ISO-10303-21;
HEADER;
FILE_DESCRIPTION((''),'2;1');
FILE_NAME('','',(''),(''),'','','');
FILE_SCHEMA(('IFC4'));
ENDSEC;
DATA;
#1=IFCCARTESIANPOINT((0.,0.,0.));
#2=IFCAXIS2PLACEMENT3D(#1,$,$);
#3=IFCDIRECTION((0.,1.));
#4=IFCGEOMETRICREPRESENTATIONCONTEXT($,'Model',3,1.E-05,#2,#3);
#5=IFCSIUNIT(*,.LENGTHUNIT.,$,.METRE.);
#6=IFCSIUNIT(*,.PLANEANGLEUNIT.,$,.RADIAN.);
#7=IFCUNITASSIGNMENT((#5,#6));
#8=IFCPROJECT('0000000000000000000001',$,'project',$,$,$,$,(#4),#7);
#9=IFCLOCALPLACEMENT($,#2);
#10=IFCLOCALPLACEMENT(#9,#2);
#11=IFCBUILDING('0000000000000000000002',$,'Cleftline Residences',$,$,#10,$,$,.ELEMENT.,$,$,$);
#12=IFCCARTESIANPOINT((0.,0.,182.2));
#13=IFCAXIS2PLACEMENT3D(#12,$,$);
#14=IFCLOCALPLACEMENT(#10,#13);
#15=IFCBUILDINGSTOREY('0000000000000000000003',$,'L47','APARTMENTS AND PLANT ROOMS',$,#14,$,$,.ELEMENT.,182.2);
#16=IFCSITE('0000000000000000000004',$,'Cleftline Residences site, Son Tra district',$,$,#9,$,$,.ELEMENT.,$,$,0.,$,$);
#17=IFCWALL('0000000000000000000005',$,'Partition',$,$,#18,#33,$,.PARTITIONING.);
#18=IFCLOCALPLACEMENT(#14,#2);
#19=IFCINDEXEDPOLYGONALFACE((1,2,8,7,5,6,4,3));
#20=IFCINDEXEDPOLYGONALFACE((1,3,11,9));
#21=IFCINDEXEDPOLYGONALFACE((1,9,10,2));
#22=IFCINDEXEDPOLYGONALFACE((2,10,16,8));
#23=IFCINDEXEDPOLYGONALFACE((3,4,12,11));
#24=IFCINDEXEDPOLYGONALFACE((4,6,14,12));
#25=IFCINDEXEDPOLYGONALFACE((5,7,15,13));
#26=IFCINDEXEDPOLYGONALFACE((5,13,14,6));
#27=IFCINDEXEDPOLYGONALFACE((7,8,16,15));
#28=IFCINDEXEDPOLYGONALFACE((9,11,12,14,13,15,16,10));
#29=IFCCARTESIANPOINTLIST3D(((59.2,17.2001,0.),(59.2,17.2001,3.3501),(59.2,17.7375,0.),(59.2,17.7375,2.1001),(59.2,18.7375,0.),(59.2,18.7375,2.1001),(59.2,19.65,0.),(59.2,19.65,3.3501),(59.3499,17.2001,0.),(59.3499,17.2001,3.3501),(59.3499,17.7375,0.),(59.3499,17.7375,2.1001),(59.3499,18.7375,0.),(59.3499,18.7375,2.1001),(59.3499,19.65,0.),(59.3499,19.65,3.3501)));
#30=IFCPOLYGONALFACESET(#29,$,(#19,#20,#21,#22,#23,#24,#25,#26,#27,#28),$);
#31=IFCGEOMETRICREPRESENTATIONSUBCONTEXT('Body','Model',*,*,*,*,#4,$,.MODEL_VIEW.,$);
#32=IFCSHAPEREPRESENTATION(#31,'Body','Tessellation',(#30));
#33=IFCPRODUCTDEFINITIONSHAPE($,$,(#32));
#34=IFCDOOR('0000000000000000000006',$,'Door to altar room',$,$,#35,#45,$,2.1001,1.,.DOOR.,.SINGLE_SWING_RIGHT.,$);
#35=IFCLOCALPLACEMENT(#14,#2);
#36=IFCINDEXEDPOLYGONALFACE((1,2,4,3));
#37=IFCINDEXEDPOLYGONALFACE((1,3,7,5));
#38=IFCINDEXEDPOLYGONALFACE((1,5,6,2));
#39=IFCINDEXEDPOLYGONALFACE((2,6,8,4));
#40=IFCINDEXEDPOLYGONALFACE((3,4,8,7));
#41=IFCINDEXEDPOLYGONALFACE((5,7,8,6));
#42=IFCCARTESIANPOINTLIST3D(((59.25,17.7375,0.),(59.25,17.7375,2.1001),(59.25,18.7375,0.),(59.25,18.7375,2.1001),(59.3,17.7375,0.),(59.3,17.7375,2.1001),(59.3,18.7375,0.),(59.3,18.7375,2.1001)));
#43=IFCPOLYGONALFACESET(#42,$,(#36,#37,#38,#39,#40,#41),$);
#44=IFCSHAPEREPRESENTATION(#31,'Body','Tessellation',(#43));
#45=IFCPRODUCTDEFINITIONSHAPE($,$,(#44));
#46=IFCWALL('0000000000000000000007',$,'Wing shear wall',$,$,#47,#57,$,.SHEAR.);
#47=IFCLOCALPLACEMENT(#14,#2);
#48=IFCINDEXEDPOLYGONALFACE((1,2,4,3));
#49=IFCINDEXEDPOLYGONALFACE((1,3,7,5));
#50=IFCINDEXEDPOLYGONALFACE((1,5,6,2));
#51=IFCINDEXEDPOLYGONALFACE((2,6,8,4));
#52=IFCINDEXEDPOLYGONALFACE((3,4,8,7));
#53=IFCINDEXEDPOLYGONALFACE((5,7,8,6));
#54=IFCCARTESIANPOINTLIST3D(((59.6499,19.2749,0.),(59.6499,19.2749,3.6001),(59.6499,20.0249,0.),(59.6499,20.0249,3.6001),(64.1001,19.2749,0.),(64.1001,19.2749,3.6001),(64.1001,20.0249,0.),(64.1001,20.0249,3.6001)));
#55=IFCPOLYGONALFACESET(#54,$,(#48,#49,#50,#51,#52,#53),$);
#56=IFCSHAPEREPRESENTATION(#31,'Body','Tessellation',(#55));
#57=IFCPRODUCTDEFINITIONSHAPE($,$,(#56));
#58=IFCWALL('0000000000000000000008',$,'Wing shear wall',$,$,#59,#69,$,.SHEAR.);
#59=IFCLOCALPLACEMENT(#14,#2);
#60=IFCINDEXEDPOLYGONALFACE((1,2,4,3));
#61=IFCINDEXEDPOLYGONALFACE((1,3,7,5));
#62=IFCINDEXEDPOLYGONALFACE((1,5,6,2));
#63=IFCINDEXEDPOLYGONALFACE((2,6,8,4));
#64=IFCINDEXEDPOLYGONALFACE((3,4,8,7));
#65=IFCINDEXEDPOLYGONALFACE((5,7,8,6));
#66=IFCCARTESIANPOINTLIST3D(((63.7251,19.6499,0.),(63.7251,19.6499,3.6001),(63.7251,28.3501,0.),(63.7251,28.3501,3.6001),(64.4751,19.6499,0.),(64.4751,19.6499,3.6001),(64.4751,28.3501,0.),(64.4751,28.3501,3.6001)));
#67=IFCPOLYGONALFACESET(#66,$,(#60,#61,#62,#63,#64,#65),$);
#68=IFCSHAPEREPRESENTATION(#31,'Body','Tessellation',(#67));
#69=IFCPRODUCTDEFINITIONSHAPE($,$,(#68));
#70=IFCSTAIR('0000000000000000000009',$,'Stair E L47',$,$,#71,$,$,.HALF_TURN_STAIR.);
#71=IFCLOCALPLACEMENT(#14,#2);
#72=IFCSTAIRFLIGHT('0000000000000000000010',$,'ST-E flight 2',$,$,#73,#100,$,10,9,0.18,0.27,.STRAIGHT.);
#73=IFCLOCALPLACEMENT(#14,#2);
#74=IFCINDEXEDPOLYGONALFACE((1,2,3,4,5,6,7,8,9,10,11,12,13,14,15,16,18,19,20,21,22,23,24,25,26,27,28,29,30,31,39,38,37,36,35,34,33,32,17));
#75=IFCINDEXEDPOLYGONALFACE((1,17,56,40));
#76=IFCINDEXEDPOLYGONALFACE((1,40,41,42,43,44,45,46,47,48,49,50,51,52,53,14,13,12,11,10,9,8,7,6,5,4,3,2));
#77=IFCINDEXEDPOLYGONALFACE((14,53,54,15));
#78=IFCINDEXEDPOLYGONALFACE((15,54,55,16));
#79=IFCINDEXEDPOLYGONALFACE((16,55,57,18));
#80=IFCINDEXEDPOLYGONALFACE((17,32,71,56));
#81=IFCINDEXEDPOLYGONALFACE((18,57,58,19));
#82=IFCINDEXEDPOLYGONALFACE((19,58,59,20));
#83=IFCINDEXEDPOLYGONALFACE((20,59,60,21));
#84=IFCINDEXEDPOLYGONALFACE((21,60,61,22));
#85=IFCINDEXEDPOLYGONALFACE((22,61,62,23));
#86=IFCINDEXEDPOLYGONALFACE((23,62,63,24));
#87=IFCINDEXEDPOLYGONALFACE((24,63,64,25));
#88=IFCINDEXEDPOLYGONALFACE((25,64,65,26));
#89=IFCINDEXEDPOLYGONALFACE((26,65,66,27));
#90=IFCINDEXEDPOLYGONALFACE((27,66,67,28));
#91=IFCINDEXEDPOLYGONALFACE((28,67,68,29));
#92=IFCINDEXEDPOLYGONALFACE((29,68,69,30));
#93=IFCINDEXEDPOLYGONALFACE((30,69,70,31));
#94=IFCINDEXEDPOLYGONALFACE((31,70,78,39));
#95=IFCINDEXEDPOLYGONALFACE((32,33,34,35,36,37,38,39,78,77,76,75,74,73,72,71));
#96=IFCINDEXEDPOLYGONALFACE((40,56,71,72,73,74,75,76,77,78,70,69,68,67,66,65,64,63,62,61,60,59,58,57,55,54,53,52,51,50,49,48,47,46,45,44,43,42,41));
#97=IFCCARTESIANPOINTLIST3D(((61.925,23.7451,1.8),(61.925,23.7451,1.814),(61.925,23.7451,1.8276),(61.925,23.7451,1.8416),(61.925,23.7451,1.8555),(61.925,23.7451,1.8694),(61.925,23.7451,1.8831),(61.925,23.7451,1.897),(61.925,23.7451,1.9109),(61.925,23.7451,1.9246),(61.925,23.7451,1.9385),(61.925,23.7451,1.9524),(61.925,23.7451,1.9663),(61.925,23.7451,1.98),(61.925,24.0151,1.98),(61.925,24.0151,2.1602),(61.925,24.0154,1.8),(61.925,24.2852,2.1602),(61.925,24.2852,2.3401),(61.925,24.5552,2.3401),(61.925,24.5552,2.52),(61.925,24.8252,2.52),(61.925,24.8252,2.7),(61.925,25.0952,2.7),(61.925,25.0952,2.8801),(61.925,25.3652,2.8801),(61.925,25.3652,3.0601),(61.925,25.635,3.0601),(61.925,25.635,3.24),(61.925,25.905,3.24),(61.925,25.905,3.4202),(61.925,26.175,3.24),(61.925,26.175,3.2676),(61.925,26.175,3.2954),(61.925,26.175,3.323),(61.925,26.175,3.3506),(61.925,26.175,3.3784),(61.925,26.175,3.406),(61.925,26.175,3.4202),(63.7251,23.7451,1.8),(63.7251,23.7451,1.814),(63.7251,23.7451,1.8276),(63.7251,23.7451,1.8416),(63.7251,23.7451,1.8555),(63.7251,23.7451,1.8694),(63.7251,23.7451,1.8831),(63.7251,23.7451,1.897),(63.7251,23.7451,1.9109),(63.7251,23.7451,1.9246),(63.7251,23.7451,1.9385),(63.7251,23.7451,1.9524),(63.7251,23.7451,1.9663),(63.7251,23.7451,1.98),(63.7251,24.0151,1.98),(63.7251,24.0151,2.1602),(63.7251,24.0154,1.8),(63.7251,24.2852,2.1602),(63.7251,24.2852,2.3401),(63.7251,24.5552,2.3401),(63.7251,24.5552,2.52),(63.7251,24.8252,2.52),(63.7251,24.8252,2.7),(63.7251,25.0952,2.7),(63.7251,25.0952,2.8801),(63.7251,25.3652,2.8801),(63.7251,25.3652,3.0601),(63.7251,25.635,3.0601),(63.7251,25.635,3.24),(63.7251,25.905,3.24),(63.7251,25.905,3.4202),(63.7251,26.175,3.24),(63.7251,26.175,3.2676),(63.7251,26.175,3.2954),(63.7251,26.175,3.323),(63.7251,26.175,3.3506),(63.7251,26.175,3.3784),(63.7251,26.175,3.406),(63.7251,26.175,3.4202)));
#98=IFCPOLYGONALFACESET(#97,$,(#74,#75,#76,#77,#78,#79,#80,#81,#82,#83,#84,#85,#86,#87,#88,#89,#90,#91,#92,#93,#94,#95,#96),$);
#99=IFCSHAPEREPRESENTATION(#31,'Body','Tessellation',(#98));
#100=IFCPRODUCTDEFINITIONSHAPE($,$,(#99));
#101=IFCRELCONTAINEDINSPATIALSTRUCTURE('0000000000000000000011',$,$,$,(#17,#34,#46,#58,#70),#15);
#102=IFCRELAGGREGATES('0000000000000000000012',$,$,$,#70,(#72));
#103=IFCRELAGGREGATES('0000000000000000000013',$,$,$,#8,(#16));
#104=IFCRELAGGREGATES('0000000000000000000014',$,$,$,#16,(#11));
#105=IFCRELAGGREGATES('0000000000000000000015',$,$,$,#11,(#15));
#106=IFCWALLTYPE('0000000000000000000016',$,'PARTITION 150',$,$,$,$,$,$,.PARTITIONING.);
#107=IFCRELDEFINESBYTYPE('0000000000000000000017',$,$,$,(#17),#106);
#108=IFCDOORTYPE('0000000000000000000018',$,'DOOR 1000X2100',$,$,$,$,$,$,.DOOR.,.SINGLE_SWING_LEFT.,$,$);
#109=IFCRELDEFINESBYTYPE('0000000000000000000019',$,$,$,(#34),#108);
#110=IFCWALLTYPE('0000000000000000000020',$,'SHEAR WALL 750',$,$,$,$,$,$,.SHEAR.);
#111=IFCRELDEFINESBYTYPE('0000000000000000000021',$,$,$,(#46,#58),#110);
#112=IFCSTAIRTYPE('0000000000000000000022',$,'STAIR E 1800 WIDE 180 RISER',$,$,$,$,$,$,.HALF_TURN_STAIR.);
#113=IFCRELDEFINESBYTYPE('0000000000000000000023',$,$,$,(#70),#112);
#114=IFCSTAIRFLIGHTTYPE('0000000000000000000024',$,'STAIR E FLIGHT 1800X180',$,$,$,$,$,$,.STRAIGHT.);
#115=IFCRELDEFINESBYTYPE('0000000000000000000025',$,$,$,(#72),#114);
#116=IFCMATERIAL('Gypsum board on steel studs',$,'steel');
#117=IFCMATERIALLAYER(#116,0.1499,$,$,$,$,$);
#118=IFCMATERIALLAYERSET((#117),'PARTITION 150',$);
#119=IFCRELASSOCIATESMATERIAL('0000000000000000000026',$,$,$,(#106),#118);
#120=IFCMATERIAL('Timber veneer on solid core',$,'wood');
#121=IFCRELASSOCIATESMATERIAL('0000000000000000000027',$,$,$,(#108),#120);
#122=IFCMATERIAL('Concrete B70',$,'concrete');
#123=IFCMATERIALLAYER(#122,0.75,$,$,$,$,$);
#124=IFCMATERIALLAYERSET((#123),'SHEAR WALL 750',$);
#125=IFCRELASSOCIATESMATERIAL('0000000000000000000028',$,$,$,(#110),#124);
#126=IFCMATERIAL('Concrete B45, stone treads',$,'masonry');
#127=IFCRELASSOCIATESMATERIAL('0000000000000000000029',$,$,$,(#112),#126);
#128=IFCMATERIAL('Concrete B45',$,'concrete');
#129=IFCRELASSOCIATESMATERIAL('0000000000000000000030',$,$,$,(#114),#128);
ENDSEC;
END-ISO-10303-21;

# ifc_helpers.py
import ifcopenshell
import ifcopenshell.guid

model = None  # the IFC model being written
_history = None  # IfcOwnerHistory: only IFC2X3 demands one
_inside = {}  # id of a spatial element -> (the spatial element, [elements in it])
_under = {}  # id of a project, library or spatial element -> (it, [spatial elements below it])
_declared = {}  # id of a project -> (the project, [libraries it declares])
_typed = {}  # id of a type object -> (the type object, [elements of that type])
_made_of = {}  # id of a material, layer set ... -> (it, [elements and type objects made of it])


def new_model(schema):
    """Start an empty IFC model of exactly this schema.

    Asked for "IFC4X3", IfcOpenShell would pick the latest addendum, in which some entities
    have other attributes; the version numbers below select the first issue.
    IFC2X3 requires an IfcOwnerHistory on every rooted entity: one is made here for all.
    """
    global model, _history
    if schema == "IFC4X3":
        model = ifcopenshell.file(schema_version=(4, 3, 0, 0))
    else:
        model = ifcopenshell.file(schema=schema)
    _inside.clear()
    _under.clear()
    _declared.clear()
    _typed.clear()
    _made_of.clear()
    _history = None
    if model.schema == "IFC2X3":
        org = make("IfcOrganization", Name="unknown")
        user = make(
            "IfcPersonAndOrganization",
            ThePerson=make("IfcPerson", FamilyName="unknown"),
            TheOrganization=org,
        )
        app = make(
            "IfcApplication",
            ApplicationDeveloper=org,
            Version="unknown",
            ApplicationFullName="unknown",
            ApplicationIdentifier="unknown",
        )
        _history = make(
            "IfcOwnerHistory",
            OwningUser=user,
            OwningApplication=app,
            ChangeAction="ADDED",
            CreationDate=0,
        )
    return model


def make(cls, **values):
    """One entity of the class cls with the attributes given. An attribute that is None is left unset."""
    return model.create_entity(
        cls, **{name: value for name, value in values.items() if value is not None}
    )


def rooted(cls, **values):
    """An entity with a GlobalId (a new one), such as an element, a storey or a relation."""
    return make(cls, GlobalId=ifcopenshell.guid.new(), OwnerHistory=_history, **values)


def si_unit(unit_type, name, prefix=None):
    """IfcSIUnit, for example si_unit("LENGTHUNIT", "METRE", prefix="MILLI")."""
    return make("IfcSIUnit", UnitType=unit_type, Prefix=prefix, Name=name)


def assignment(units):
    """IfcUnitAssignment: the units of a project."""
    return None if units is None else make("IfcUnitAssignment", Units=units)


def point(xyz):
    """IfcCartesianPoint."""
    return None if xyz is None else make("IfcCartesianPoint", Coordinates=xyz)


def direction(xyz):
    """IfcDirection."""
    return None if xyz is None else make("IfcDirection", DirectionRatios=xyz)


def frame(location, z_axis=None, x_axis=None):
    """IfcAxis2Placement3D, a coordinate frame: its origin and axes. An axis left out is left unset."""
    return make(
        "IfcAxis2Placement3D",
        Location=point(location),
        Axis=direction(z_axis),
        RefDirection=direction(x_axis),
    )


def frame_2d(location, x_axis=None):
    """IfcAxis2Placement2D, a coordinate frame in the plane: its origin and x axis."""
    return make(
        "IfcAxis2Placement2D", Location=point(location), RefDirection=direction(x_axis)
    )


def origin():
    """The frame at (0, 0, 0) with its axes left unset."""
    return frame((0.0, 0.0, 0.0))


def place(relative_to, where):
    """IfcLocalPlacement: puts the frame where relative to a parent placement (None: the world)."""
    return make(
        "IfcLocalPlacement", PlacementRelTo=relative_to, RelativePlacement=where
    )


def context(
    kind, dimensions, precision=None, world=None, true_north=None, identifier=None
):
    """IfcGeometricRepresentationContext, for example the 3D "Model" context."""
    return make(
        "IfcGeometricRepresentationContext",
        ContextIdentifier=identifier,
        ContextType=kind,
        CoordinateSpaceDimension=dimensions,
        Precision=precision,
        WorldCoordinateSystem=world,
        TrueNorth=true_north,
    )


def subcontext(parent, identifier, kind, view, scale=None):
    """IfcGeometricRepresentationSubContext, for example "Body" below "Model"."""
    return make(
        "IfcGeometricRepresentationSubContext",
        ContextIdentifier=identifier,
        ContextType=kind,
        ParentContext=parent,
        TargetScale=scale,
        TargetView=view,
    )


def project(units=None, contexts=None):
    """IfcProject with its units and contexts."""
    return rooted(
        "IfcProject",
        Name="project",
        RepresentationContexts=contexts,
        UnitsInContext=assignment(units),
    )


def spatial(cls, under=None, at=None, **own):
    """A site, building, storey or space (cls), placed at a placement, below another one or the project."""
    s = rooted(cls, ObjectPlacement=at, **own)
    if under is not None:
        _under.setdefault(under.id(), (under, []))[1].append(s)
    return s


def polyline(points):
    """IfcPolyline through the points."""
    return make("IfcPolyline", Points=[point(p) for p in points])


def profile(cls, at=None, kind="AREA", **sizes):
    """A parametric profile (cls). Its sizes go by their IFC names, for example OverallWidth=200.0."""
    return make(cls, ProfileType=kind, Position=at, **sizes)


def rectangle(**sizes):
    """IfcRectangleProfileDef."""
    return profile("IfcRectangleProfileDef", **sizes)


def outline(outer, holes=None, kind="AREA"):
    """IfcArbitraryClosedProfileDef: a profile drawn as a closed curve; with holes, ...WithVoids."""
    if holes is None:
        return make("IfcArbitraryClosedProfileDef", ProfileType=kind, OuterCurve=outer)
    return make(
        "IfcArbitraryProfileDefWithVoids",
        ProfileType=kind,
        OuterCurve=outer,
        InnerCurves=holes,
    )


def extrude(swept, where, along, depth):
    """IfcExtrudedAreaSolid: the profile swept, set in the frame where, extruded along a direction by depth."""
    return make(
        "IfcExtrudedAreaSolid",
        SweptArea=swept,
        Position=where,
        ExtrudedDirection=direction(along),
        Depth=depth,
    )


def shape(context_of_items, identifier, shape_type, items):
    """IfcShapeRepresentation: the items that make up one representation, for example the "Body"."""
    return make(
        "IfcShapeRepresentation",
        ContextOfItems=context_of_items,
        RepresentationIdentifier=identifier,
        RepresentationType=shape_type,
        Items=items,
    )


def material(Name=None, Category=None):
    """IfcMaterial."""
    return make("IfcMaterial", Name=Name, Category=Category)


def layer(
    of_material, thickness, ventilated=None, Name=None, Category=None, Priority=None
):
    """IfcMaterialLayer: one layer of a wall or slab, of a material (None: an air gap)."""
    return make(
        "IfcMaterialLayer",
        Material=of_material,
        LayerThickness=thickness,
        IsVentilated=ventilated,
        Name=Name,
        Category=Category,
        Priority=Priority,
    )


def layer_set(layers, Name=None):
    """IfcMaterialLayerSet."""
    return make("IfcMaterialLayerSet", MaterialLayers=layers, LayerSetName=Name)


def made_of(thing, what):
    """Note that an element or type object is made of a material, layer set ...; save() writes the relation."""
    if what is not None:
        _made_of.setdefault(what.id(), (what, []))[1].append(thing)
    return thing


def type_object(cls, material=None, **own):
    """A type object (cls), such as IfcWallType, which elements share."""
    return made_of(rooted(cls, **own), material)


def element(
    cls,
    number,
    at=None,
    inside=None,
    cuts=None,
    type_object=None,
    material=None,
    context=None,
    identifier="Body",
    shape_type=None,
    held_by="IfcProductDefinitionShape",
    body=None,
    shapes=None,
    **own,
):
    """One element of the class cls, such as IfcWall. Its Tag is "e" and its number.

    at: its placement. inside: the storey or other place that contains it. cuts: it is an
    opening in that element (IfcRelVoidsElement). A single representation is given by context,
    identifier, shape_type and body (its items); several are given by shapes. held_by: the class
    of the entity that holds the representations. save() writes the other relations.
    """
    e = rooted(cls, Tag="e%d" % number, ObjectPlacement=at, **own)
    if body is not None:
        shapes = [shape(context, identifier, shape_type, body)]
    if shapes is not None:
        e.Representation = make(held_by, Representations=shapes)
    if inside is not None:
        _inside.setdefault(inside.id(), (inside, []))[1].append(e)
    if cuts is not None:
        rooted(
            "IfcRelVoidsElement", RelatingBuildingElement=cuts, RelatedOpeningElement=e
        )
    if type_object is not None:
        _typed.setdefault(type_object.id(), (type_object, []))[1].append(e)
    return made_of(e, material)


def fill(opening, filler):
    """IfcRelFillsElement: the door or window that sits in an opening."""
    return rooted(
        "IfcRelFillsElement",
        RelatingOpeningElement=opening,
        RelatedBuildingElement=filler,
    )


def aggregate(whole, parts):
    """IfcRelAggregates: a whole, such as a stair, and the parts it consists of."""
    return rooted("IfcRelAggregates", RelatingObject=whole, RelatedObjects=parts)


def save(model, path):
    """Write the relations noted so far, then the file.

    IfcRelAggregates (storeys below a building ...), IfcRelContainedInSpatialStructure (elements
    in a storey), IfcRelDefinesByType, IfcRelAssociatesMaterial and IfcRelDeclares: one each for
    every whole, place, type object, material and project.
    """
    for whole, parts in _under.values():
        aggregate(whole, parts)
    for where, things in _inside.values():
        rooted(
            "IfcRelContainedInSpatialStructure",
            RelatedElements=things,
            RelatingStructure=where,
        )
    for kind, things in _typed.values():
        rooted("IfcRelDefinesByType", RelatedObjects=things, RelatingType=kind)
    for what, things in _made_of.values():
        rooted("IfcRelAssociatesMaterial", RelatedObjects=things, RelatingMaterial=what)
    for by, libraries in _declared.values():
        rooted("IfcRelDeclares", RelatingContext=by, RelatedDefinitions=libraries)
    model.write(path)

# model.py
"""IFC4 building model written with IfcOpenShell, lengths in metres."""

from ifc_helpers import new_model, si_unit, direction, frame, frame_2d, origin, place, context, subcontext, project, spatial, polyline, rectangle, outline, extrude, material, layer, layer_set, type_object, element, fill, aggregate, save


model = new_model("IFC4")

# Units and contexts
model_context = context("Model", 3, precision=1e-05, world=origin(), true_north=direction((0.0, 1.0)))
body_context = subcontext(model_context, "Body", "Model", "MODEL_VIEW")
ifc_project = project(units=[si_unit("LENGTHUNIT", "METRE"), si_unit("PLANEANGLEUNIT", "RADIAN")], contexts=[model_context])

# Site, building, storey
site_placement = place(None, origin())
site = spatial("IfcSite", under=ifc_project, at=site_placement, Name="Cleftline Residences site, Son Tra district", CompositionType="ELEMENT", RefElevation=0.0)
building_placement = place(site_placement, origin())
building = spatial("IfcBuilding", under=site, at=building_placement, Name="Cleftline Residences", CompositionType="ELEMENT")
storey_placement = place(building_placement, frame((0.0, 0.0, 182.2)))
storey = spatial("IfcBuildingStorey", under=building, at=storey_placement, Name="L47", Description="APARTMENTS AND PLANT ROOMS", CompositionType="ELEMENT", Elevation=182.2)

# Shared definitions
ifc_material_1 = material(Name="Gypsum board on steel studs", Category="steel")
ifc_layer_1 = layer(ifc_material_1, 0.1499)
ifc_layer_set_1 = layer_set([ifc_layer_1], Name="PARTITION 150")
wall_type_1 = type_object("IfcWallType", Name="PARTITION 150", PredefinedType="PARTITIONING", material=ifc_layer_set_1)

# Wall, opening, door
wall_1_placement = place(storey_placement, frame((59.2749, 17.2, 0.0), z_axis=(0.0, 0.0, 1.0), x_axis=(0.0, 1.0, 0.0)))
wall_1 = element("IfcWall", 1, at=wall_1_placement, inside=storey, type_object=wall_type_1, Name="Partition", PredefinedType="PARTITIONING", context=body_context, shape_type="SweptSolid", body=[
    extrude(rectangle(XDim=2.45, YDim=0.1499, at=frame_2d((1.2251, 0.0))), origin(), (0.0, 0.0, 1.0), 3.3501),
])
opening_1_placement = place(wall_1_placement, frame((0.5376, 0.0, 0.0)))
opening_1 = element("IfcOpeningElement", 2, at=opening_1_placement, cuts=wall_1, PredefinedType="OPENING", context=body_context, shape_type="SweptSolid", body=[
    extrude(rectangle(XDim=1.0, YDim=2.1001, at=frame_2d((0.5, 1.05))), frame((0.0, 0.085, 0.0), z_axis=(0.0, -1.0, 0.0), x_axis=(1.0, 0.0, 0.0)), (0.0, 0.0, 1.0), 0.1699),
])
ifc_material_2 = material(Name="Timber veneer on solid core", Category="wood")
door_type_1 = type_object("IfcDoorType", Name="DOOR 1000X2100", OperationType="SINGLE_SWING_LEFT", PredefinedType="DOOR", material=ifc_material_2)
door_1_placement = place(opening_1_placement, origin())
door_1 = element("IfcDoor", 3, at=door_1_placement, inside=storey, type_object=door_type_1, Name="Door to altar room", OperationType="SINGLE_SWING_RIGHT", OverallHeight=2.1001, OverallWidth=1.0, PredefinedType="DOOR", context=body_context, shape_type="SweptSolid", body=[
    extrude(rectangle(XDim=1.0, YDim=2.1001, at=frame_2d((0.5, 1.05))), frame((0.0, 0.0249, 0.0), z_axis=(0.0, -1.0, 0.0), x_axis=(1.0, 0.0, 0.0)), (0.0, 0.0, 1.0), 0.05),
])
fill(opening_1, door_1)

# Walls
ifc_material_3 = material(Name="Concrete B70", Category="concrete")
ifc_layer_2 = layer(ifc_material_3, 0.75)
ifc_layer_set_2 = layer_set([ifc_layer_2], Name="SHEAR WALL 750")
wall_type_2 = type_object("IfcWallType", Name="SHEAR WALL 750", PredefinedType="SHEAR", material=ifc_layer_set_2)
wall_2_placement = place(storey_placement, frame((59.6499, 19.6499, 0.0), z_axis=(0.0, 0.0, 1.0), x_axis=(1.0, 0.0, 0.0)))
element("IfcWall", 4, at=wall_2_placement, inside=storey, type_object=wall_type_2, Name="Wing shear wall", PredefinedType="SHEAR", context=body_context, shape_type="SweptSolid", body=[
    extrude(rectangle(XDim=4.4502, YDim=0.75, at=frame_2d((2.2251, 0.0))), origin(), (0.0, 0.0, 1.0), 3.6001),
])
wall_3_placement = place(storey_placement, frame((64.1001, 19.6499, 0.0), z_axis=(0.0, 0.0, 1.0), x_axis=(0.0, 1.0, 0.0)))
element("IfcWall", 5, at=wall_3_placement, inside=storey, type_object=wall_type_2, Name="Wing shear wall", PredefinedType="SHEAR", context=body_context, shape_type="SweptSolid", body=[
    extrude(rectangle(XDim=8.7002, YDim=0.75, at=frame_2d((4.3501, 0.0))), origin(), (0.0, 0.0, 1.0), 3.6001),
])

# Stair, stair flight
ifc_material_4 = material(Name="Concrete B45, stone treads", Category="masonry")
stair_type = type_object("IfcStairType", Name="STAIR E 1800 WIDE 180 RISER", PredefinedType="HALF_TURN_STAIR", material=ifc_material_4)
stair_placement = place(storey_placement, origin())
stair = element("IfcStair", 6, at=stair_placement, inside=storey, type_object=stair_type, Name="Stair E L47", PredefinedType="HALF_TURN_STAIR")
ifc_material_5 = material(Name="Concrete B45", Category="concrete")
stair_flight_type = type_object("IfcStairFlightType", Name="STAIR E FLIGHT 1800X180", PredefinedType="STRAIGHT", material=ifc_material_5)
stair_flight_placement = place(storey_placement, frame((62.825, 23.7451, 1.8), z_axis=(0.0, 0.0, 1.0), x_axis=(0.0, 1.0, 0.0)))
stair_flight = element("IfcStairFlight", 7, at=stair_flight_placement, type_object=stair_flight_type, Name="ST-E flight 2", NumberOfRisers=10, NumberOfTreads=9, PredefinedType="STRAIGHT", RiserHeight=0.18, TreadLength=0.27, context=body_context, shape_type="SweptSolid", body=[
    extrude(outline(polyline([(0.0, 0.0), (0.0, 0.0139), (0.0, 0.0276), (0.0, 0.0415), (0.0, 0.0554), (0.0, 0.0693), (0.0, 0.083), (0.0, 0.0969), (0.0, 0.1108), (0.0, 0.1245), (0.0, 0.1384), (0.0, 0.1523), (0.0, 0.1663), (0.0, 0.1799), (0.27, 0.1799), (0.27, 0.3601), (0.54, 0.3601), (0.54, 0.54), (0.8101, 0.54), (0.8101, 0.72), (1.0801, 0.72), (1.0801, 0.8999), (1.3501, 0.8999), (1.3501, 1.0801), (1.6201, 1.0801), (1.6201, 1.26), (1.8899, 1.26), (1.8899, 1.4399), (2.1599, 1.4399), (2.1599, 1.6201), (2.4299, 1.6201), (2.4299, 1.8), (2.4299, 1.7722), (2.4299, 1.7446), (2.4299, 1.7168), (2.4299, 1.6892), (2.4299, 1.6614), (2.4299, 1.6338), (2.4299, 1.606), (2.4299, 1.5784), (2.4299, 1.5505), (2.4299, 1.5229), (2.4299, 1.4954), (2.4299, 1.4675), (2.4299, 1.4399), (0.2703, 0.0), (0.0, 0.0)])), frame((0.0, 0.8999, 0.0), z_axis=(0.0, -1.0, 0.0), x_axis=(1.0, 0.0, 0.0)), (0.0, 0.0, 1.0), 1.8),
])
aggregate(stair, [stair_flight])

save(model, "model.ifc")
